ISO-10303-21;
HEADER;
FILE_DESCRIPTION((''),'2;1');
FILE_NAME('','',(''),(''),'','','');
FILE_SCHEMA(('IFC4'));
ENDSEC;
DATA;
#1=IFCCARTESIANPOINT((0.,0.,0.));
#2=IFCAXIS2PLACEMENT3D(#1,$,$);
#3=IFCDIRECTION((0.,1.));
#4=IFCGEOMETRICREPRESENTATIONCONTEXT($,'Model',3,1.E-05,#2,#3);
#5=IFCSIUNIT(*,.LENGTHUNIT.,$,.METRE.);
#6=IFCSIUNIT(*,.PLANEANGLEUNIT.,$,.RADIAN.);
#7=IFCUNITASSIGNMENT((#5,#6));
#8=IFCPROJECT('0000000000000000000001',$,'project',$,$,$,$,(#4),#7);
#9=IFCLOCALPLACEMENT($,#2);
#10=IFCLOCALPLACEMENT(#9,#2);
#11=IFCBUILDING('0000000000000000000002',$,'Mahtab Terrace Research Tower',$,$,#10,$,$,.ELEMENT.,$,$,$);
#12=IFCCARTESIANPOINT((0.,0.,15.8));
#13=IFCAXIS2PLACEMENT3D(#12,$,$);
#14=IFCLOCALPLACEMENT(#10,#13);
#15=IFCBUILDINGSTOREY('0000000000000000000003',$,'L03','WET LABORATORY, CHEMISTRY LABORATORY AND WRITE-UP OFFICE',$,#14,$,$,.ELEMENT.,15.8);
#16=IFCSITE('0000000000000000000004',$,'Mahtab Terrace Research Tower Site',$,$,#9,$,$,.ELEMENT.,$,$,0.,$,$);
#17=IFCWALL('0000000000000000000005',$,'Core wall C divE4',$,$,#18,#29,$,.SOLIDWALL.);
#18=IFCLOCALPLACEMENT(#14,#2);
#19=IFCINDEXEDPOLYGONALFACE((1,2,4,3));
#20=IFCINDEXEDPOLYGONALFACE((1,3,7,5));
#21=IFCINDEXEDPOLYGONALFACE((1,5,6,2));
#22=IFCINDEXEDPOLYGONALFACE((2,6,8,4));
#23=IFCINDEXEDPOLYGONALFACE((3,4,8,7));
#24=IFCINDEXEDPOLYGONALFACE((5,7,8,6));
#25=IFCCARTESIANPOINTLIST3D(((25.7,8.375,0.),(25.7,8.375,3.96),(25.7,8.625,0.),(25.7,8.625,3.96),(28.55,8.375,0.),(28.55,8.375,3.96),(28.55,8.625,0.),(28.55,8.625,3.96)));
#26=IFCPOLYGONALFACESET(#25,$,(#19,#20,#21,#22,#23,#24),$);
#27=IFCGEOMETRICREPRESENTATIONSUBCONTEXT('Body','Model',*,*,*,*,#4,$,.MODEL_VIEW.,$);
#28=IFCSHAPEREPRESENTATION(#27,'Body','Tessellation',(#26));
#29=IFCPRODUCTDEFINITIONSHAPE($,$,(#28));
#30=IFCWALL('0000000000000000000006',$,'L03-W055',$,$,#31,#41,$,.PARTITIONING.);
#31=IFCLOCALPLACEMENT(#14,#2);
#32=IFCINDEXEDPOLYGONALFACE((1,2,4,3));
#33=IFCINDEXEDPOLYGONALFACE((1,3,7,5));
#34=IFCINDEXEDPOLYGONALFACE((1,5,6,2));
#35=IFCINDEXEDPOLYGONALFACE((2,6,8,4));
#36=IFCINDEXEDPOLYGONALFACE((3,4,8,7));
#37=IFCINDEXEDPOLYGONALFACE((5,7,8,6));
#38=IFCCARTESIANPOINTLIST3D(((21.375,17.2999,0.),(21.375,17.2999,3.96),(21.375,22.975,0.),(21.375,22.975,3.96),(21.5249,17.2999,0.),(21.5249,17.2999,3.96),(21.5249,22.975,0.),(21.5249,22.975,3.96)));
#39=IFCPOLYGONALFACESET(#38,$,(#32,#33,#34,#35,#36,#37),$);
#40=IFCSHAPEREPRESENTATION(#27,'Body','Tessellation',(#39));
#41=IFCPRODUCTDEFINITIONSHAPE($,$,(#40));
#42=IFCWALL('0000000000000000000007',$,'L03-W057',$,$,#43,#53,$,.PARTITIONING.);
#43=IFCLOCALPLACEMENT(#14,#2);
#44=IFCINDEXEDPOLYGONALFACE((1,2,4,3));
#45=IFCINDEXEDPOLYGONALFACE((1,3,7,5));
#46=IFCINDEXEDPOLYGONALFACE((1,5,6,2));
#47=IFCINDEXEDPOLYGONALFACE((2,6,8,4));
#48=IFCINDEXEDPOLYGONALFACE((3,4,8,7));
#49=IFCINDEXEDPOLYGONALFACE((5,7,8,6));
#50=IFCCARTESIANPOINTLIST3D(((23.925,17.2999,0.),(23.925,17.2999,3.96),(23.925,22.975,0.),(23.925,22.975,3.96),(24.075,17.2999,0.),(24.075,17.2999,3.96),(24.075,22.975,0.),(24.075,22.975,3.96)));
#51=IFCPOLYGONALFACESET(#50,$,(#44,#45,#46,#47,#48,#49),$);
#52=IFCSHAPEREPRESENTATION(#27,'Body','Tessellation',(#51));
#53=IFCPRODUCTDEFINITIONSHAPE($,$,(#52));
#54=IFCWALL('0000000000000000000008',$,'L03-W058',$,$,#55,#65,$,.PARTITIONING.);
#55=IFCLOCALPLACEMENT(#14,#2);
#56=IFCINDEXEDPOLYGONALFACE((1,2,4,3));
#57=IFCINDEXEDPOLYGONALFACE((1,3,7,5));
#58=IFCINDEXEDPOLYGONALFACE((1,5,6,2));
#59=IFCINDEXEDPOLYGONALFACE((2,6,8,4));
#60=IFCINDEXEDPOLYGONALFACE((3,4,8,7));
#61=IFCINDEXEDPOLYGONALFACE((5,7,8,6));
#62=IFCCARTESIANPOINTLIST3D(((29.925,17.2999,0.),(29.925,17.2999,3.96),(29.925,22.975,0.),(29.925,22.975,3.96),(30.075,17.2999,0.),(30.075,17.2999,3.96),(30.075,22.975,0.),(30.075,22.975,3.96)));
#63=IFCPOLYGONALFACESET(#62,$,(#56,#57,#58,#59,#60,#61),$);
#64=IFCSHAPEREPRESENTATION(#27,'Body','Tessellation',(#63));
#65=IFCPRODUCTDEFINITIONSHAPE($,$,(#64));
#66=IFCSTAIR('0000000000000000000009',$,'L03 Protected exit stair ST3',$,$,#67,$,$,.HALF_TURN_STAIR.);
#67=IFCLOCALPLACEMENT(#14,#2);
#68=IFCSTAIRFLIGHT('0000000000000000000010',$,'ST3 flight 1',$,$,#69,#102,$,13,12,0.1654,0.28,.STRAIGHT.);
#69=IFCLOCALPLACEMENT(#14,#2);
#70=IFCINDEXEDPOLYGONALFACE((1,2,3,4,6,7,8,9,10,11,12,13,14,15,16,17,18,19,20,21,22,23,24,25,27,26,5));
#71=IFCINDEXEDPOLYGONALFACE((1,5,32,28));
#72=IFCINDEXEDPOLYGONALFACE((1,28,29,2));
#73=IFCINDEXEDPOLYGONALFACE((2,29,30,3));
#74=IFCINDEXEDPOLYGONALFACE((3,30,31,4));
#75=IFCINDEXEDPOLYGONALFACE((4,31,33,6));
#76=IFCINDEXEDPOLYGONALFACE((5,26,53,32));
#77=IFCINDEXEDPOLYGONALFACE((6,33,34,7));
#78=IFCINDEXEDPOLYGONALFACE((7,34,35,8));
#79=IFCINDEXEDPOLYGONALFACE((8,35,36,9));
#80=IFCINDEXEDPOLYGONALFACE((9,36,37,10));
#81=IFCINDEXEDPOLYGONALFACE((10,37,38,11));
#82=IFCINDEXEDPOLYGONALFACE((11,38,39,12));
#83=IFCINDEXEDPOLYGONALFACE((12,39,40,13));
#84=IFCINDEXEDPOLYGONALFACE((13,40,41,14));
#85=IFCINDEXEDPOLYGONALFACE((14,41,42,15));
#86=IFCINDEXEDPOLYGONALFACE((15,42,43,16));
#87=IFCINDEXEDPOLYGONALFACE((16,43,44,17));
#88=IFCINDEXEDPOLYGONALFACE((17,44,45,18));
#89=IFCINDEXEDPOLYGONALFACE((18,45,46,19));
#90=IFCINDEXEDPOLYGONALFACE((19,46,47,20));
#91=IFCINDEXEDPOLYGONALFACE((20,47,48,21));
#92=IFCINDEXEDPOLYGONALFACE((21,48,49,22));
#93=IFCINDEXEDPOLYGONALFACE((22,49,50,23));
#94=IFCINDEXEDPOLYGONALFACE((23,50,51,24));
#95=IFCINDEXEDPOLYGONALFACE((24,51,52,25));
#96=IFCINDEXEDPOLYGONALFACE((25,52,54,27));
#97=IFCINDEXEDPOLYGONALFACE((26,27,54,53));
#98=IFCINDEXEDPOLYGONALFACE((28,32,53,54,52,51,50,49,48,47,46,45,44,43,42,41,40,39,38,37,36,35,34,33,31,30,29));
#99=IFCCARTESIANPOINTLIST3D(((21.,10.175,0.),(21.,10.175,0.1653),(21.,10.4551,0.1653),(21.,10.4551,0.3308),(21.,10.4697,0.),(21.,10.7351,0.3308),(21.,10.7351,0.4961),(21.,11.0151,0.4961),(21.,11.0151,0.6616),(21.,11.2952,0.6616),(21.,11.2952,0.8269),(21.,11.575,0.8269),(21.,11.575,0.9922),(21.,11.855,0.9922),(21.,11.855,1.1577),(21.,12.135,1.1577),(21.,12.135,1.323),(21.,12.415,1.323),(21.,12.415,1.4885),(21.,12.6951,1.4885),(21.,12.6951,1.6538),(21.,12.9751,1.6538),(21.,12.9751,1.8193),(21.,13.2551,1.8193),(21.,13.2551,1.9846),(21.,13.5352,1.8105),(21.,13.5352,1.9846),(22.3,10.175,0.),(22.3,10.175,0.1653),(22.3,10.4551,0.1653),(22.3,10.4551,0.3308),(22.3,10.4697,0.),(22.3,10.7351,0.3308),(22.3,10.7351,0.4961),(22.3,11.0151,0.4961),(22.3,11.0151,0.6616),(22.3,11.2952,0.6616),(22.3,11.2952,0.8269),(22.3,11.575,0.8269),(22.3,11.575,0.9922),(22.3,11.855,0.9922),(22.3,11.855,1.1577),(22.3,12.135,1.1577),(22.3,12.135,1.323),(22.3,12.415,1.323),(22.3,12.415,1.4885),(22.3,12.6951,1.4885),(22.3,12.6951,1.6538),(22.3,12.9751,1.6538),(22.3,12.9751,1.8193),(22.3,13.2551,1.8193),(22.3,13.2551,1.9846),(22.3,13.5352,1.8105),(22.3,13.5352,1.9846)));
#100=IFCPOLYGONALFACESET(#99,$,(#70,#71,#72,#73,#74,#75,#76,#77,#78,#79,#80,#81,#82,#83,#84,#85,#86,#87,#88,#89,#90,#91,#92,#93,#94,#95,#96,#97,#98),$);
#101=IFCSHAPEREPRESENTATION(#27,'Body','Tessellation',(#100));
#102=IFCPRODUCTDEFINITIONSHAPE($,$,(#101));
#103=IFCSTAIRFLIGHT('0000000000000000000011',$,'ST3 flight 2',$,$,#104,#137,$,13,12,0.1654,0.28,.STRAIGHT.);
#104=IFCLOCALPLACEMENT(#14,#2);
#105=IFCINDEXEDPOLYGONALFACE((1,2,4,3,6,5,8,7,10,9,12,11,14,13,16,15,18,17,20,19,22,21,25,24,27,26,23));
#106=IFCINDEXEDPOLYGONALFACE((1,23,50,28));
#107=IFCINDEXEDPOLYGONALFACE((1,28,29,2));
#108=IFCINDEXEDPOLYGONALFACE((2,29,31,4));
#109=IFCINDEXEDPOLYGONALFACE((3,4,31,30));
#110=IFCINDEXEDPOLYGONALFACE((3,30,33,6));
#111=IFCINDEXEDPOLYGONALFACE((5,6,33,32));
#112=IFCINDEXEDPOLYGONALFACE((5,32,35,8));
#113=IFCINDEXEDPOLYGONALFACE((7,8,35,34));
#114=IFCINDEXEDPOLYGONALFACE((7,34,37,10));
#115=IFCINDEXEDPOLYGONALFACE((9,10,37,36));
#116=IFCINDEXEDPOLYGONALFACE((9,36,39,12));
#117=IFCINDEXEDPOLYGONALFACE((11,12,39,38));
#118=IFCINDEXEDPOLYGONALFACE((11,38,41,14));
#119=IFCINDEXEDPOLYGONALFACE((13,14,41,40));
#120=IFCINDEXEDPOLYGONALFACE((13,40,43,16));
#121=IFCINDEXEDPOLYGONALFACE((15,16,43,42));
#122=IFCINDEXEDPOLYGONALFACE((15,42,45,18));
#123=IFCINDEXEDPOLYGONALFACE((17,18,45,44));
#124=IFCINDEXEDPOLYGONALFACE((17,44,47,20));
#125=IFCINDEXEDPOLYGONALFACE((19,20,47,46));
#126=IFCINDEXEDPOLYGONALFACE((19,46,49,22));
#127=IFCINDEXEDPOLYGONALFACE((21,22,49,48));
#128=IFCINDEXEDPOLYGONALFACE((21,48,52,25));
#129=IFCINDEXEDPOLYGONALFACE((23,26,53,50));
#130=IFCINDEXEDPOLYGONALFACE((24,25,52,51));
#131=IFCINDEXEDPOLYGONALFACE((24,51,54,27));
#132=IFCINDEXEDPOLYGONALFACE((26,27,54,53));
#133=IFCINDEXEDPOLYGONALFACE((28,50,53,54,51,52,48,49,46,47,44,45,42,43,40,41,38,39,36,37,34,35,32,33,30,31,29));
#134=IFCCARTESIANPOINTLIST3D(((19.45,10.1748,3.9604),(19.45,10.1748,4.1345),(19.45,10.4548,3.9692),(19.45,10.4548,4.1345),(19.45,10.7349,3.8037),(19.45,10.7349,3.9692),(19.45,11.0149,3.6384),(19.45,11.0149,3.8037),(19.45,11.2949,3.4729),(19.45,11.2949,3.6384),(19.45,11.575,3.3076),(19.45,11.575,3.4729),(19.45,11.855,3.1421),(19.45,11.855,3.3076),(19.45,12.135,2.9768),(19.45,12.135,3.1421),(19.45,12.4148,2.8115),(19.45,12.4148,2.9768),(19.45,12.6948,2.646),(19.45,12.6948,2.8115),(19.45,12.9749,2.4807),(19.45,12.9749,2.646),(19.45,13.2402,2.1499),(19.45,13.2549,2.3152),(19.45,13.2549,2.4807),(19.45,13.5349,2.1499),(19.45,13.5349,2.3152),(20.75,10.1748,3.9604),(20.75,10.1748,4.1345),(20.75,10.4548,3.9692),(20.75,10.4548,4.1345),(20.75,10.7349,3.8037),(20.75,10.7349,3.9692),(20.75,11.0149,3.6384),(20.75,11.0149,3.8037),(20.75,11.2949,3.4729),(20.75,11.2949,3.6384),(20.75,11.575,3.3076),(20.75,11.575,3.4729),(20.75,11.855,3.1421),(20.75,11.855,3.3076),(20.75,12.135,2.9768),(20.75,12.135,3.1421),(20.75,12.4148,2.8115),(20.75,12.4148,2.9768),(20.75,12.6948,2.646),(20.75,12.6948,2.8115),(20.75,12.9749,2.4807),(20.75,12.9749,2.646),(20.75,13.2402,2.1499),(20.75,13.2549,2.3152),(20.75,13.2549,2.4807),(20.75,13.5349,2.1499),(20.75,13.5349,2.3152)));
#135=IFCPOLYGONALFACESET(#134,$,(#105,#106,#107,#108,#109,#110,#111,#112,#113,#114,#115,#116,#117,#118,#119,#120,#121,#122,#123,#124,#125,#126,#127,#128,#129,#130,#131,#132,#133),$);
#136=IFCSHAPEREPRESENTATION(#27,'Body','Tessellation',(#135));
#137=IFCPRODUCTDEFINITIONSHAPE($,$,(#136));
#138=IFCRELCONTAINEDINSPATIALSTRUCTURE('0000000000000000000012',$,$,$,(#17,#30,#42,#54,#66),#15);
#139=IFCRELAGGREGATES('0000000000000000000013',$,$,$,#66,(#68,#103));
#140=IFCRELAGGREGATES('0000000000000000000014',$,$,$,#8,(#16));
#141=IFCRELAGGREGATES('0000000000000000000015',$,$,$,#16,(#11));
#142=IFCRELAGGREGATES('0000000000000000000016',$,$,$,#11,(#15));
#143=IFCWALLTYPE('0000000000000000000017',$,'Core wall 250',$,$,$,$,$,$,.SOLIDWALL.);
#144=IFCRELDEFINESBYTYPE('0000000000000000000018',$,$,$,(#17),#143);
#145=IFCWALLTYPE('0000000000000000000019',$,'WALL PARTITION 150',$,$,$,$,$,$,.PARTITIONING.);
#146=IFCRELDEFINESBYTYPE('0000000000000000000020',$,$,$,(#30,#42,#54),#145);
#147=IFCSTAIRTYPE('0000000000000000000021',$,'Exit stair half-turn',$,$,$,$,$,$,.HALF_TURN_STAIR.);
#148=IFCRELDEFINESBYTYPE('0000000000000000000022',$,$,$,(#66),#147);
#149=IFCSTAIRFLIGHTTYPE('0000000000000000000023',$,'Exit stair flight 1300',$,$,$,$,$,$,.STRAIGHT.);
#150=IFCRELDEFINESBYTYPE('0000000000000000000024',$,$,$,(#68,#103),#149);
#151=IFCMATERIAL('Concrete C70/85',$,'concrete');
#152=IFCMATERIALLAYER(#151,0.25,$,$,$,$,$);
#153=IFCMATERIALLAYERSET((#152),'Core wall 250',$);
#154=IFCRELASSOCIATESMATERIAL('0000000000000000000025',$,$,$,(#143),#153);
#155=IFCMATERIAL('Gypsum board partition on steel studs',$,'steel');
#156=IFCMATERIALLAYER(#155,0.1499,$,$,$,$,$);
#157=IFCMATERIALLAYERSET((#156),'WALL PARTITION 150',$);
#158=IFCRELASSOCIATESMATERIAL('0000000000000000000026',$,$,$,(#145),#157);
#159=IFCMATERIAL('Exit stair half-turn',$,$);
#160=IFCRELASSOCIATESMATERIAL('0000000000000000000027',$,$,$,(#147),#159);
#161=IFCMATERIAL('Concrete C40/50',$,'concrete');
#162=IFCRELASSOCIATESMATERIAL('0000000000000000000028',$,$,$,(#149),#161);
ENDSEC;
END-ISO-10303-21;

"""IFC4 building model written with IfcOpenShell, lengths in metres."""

from ifc_helpers import new_model, si_unit, direction, frame, frame_2d, origin, place, context, subcontext, project, spatial, polyline, rectangle, outline, extrude, material, layer, layer_set, type_object, element, aggregate, save


model = new_model("IFC4")

# Units and contexts
model_context = context("Model", 3, precision=1e-05, world=origin(), true_north=direction((0.0, 1.0)))
body_context = subcontext(model_context, "Body", "Model", "MODEL_VIEW")
ifc_project = project(units=[si_unit("LENGTHUNIT", "METRE"), si_unit("PLANEANGLEUNIT", "RADIAN")], contexts=[model_context])

# Site, building, storey
site_placement = place(None, origin())
site = spatial("IfcSite", under=ifc_project, at=site_placement, Name="Mahtab Terrace Research Tower Site", CompositionType="ELEMENT", RefElevation=0.0)
building_placement = place(site_placement, origin())
building = spatial("IfcBuilding", under=site, at=building_placement, Name="Mahtab Terrace Research Tower", CompositionType="ELEMENT")
storey_placement = place(building_placement, frame((0.0, 0.0, 15.8)))
storey = spatial("IfcBuildingStorey", under=building, at=storey_placement, Name="L03", Description="WET LABORATORY, CHEMISTRY LABORATORY AND WRITE-UP OFFICE", CompositionType="ELEMENT", Elevation=15.8)

# Shared definitions
ifc_material_1 = material(Name="Concrete C70/85", Category="concrete")

# Shared definitions
ifc_layer_1 = layer(ifc_material_1, 0.25)
ifc_layer_set_1 = layer_set([ifc_layer_1], Name="Core wall 250")
wall_type_1 = type_object("IfcWallType", Name="Core wall 250", PredefinedType="SOLIDWALL", material=ifc_layer_set_1)

# Walls
for number, where, z_axis, x_axis, name in (
    (1, (25.7, 8.5, 0.0), (0.0, 0.0, 1.0), (1.0, 0.0, 0.0), "Core wall C divE4"),
):
    element("IfcWall", number, at=place(storey_placement, frame(where, z_axis=z_axis, x_axis=x_axis)), inside=storey, type_object=wall_type_1, Name=name, PredefinedType="SOLIDWALL", context=body_context, shape_type="SweptSolid", body=[
        extrude(rectangle(XDim=2.8501, YDim=0.25, at=frame_2d((1.425, 0.0))), origin(), (0.0, 0.0, 1.0), 3.96),
    ])
ifc_material_2 = material(Name="Gypsum board partition on steel studs", Category="steel")
ifc_layer_2 = layer(ifc_material_2, 0.1499)
ifc_layer_set_2 = layer_set([ifc_layer_2], Name="WALL PARTITION 150")
wall_type_2 = type_object("IfcWallType", Name="WALL PARTITION 150", PredefinedType="PARTITIONING", material=ifc_layer_set_2)
for number, where, z_axis, x_axis, name in (
    (2, (21.45, 17.3, 0.0), (0.0, 0.0, 1.0), (0.0, 1.0, 0.0), "L03-W055"),
    (3, (24.0, 17.3, 0.0), (0.0, 0.0, 1.0), (0.0, 1.0, 0.0), "L03-W057"),
    (4, (30.0, 17.3, 0.0), (0.0, 0.0, 1.0), (0.0, 1.0, 0.0), "L03-W058"),
):
    element("IfcWall", number, at=place(storey_placement, frame(where, z_axis=z_axis, x_axis=x_axis)), inside=storey, type_object=wall_type_2, Name=name, PredefinedType="PARTITIONING", context=body_context, shape_type="SweptSolid", body=[
        extrude(rectangle(XDim=5.675, YDim=0.1499, at=frame_2d((2.8374, 0.0))), origin(), (0.0, 0.0, 1.0), 3.96),
    ])

# Stair, stair flights
ifc_material_3 = material(Name="Exit stair half-turn")
stair_type = type_object("IfcStairType", Name="Exit stair half-turn", PredefinedType="HALF_TURN_STAIR", material=ifc_material_3)
stair_placement = place(storey_placement, origin())
stair = element("IfcStair", 5, at=stair_placement, inside=storey, type_object=stair_type, Name="L03 Protected exit stair ST3", PredefinedType="HALF_TURN_STAIR")
ifc_material_4 = material(Name="Concrete C40/50", Category="concrete")
stair_flight_type = type_object("IfcStairFlightType", Name="Exit stair flight 1300", PredefinedType="STRAIGHT", material=ifc_material_4)
stair_flight_1_placement = place(storey_placement, frame((21.6499, 10.175, 0.0), z_axis=(0.0, 0.0, 1.0), x_axis=(0.0, 1.0, 0.0)))
stair_flight_1 = element("IfcStairFlight", 6, at=stair_flight_1_placement, type_object=stair_flight_type, Name="ST3 flight 1", NumberOfRisers=13, NumberOfTreads=12, PredefinedType="STRAIGHT", RiserHeight=0.1654, TreadLength=0.28, context=body_context, shape_type="SweptSolid", body=[
    extrude(outline(polyline([(0.0, 0.0), (0.0, 0.1653), (0.28, 0.1653), (0.28, 0.3308), (0.5601, 0.3308), (0.5601, 0.4961), (0.8401, 0.4961), (0.8401, 0.6616), (1.1201, 0.6616), (1.1201, 0.8269), (1.3999, 0.8269), (1.3999, 0.9922), (1.6799, 0.9922), (1.6799, 1.1577), (1.96, 1.1577), (1.96, 1.323), (2.24, 1.323), (2.24, 1.4885), (2.52, 1.4885), (2.52, 1.6538), (2.8, 1.6538), (2.8, 1.8193), (3.0801, 1.8193), (3.0801, 1.9846), (3.3601, 1.9846), (3.3601, 2.1499), (3.3601, 1.8105), (0.2947, 0.0), (0.0, 0.0)])), frame((0.0, 0.6499, 0.0), z_axis=(0.0, -1.0, 0.0), x_axis=(1.0, 0.0, 0.0)), (0.0, 0.0, 1.0), 1.3),
])
stair_flight_2_placement = place(storey_placement, frame((20.1001, 13.5349, 2.1499), z_axis=(0.0, 0.0, 1.0), x_axis=(0.0, -1.0, 0.0)))
stair_flight_2 = element("IfcStairFlight", 7, at=stair_flight_2_placement, type_object=stair_flight_type, Name="ST3 flight 2", NumberOfRisers=13, NumberOfTreads=12, PredefinedType="STRAIGHT", RiserHeight=0.1654, TreadLength=0.28, context=body_context, shape_type="SweptSolid", body=[
    extrude(outline(polyline([(0.0, 0.0), (0.0, 0.1653), (0.28, 0.1653), (0.28, 0.3308), (0.5601, 0.3308), (0.5601, 0.4961), (0.8401, 0.4961), (0.8401, 0.6616), (1.1201, 0.6616), (1.1201, 0.8269), (1.3999, 0.8269), (1.3999, 0.9922), (1.6799, 0.9922), (1.6799, 1.1577), (1.96, 1.1577), (1.96, 1.323), (2.24, 1.323), (2.24, 1.4885), (2.52, 1.4885), (2.52, 1.6538), (2.8, 1.6538), (2.8, 1.8193), (3.0801, 1.8193), (3.0801, 1.9846), (3.3601, 1.9846), (3.3601, 2.1499), (3.3601, 1.8105), (0.2947, 0.0), (0.0, 0.0)])), frame((0.0, 0.6499, 0.0), z_axis=(0.0, -1.0, 0.0), x_axis=(1.0, 0.0, 0.0)), (0.0, 0.0, 1.0), 1.3),
])
aggregate(stair, [stair_flight_1, stair_flight_2])

save(model, "model.ifc")
